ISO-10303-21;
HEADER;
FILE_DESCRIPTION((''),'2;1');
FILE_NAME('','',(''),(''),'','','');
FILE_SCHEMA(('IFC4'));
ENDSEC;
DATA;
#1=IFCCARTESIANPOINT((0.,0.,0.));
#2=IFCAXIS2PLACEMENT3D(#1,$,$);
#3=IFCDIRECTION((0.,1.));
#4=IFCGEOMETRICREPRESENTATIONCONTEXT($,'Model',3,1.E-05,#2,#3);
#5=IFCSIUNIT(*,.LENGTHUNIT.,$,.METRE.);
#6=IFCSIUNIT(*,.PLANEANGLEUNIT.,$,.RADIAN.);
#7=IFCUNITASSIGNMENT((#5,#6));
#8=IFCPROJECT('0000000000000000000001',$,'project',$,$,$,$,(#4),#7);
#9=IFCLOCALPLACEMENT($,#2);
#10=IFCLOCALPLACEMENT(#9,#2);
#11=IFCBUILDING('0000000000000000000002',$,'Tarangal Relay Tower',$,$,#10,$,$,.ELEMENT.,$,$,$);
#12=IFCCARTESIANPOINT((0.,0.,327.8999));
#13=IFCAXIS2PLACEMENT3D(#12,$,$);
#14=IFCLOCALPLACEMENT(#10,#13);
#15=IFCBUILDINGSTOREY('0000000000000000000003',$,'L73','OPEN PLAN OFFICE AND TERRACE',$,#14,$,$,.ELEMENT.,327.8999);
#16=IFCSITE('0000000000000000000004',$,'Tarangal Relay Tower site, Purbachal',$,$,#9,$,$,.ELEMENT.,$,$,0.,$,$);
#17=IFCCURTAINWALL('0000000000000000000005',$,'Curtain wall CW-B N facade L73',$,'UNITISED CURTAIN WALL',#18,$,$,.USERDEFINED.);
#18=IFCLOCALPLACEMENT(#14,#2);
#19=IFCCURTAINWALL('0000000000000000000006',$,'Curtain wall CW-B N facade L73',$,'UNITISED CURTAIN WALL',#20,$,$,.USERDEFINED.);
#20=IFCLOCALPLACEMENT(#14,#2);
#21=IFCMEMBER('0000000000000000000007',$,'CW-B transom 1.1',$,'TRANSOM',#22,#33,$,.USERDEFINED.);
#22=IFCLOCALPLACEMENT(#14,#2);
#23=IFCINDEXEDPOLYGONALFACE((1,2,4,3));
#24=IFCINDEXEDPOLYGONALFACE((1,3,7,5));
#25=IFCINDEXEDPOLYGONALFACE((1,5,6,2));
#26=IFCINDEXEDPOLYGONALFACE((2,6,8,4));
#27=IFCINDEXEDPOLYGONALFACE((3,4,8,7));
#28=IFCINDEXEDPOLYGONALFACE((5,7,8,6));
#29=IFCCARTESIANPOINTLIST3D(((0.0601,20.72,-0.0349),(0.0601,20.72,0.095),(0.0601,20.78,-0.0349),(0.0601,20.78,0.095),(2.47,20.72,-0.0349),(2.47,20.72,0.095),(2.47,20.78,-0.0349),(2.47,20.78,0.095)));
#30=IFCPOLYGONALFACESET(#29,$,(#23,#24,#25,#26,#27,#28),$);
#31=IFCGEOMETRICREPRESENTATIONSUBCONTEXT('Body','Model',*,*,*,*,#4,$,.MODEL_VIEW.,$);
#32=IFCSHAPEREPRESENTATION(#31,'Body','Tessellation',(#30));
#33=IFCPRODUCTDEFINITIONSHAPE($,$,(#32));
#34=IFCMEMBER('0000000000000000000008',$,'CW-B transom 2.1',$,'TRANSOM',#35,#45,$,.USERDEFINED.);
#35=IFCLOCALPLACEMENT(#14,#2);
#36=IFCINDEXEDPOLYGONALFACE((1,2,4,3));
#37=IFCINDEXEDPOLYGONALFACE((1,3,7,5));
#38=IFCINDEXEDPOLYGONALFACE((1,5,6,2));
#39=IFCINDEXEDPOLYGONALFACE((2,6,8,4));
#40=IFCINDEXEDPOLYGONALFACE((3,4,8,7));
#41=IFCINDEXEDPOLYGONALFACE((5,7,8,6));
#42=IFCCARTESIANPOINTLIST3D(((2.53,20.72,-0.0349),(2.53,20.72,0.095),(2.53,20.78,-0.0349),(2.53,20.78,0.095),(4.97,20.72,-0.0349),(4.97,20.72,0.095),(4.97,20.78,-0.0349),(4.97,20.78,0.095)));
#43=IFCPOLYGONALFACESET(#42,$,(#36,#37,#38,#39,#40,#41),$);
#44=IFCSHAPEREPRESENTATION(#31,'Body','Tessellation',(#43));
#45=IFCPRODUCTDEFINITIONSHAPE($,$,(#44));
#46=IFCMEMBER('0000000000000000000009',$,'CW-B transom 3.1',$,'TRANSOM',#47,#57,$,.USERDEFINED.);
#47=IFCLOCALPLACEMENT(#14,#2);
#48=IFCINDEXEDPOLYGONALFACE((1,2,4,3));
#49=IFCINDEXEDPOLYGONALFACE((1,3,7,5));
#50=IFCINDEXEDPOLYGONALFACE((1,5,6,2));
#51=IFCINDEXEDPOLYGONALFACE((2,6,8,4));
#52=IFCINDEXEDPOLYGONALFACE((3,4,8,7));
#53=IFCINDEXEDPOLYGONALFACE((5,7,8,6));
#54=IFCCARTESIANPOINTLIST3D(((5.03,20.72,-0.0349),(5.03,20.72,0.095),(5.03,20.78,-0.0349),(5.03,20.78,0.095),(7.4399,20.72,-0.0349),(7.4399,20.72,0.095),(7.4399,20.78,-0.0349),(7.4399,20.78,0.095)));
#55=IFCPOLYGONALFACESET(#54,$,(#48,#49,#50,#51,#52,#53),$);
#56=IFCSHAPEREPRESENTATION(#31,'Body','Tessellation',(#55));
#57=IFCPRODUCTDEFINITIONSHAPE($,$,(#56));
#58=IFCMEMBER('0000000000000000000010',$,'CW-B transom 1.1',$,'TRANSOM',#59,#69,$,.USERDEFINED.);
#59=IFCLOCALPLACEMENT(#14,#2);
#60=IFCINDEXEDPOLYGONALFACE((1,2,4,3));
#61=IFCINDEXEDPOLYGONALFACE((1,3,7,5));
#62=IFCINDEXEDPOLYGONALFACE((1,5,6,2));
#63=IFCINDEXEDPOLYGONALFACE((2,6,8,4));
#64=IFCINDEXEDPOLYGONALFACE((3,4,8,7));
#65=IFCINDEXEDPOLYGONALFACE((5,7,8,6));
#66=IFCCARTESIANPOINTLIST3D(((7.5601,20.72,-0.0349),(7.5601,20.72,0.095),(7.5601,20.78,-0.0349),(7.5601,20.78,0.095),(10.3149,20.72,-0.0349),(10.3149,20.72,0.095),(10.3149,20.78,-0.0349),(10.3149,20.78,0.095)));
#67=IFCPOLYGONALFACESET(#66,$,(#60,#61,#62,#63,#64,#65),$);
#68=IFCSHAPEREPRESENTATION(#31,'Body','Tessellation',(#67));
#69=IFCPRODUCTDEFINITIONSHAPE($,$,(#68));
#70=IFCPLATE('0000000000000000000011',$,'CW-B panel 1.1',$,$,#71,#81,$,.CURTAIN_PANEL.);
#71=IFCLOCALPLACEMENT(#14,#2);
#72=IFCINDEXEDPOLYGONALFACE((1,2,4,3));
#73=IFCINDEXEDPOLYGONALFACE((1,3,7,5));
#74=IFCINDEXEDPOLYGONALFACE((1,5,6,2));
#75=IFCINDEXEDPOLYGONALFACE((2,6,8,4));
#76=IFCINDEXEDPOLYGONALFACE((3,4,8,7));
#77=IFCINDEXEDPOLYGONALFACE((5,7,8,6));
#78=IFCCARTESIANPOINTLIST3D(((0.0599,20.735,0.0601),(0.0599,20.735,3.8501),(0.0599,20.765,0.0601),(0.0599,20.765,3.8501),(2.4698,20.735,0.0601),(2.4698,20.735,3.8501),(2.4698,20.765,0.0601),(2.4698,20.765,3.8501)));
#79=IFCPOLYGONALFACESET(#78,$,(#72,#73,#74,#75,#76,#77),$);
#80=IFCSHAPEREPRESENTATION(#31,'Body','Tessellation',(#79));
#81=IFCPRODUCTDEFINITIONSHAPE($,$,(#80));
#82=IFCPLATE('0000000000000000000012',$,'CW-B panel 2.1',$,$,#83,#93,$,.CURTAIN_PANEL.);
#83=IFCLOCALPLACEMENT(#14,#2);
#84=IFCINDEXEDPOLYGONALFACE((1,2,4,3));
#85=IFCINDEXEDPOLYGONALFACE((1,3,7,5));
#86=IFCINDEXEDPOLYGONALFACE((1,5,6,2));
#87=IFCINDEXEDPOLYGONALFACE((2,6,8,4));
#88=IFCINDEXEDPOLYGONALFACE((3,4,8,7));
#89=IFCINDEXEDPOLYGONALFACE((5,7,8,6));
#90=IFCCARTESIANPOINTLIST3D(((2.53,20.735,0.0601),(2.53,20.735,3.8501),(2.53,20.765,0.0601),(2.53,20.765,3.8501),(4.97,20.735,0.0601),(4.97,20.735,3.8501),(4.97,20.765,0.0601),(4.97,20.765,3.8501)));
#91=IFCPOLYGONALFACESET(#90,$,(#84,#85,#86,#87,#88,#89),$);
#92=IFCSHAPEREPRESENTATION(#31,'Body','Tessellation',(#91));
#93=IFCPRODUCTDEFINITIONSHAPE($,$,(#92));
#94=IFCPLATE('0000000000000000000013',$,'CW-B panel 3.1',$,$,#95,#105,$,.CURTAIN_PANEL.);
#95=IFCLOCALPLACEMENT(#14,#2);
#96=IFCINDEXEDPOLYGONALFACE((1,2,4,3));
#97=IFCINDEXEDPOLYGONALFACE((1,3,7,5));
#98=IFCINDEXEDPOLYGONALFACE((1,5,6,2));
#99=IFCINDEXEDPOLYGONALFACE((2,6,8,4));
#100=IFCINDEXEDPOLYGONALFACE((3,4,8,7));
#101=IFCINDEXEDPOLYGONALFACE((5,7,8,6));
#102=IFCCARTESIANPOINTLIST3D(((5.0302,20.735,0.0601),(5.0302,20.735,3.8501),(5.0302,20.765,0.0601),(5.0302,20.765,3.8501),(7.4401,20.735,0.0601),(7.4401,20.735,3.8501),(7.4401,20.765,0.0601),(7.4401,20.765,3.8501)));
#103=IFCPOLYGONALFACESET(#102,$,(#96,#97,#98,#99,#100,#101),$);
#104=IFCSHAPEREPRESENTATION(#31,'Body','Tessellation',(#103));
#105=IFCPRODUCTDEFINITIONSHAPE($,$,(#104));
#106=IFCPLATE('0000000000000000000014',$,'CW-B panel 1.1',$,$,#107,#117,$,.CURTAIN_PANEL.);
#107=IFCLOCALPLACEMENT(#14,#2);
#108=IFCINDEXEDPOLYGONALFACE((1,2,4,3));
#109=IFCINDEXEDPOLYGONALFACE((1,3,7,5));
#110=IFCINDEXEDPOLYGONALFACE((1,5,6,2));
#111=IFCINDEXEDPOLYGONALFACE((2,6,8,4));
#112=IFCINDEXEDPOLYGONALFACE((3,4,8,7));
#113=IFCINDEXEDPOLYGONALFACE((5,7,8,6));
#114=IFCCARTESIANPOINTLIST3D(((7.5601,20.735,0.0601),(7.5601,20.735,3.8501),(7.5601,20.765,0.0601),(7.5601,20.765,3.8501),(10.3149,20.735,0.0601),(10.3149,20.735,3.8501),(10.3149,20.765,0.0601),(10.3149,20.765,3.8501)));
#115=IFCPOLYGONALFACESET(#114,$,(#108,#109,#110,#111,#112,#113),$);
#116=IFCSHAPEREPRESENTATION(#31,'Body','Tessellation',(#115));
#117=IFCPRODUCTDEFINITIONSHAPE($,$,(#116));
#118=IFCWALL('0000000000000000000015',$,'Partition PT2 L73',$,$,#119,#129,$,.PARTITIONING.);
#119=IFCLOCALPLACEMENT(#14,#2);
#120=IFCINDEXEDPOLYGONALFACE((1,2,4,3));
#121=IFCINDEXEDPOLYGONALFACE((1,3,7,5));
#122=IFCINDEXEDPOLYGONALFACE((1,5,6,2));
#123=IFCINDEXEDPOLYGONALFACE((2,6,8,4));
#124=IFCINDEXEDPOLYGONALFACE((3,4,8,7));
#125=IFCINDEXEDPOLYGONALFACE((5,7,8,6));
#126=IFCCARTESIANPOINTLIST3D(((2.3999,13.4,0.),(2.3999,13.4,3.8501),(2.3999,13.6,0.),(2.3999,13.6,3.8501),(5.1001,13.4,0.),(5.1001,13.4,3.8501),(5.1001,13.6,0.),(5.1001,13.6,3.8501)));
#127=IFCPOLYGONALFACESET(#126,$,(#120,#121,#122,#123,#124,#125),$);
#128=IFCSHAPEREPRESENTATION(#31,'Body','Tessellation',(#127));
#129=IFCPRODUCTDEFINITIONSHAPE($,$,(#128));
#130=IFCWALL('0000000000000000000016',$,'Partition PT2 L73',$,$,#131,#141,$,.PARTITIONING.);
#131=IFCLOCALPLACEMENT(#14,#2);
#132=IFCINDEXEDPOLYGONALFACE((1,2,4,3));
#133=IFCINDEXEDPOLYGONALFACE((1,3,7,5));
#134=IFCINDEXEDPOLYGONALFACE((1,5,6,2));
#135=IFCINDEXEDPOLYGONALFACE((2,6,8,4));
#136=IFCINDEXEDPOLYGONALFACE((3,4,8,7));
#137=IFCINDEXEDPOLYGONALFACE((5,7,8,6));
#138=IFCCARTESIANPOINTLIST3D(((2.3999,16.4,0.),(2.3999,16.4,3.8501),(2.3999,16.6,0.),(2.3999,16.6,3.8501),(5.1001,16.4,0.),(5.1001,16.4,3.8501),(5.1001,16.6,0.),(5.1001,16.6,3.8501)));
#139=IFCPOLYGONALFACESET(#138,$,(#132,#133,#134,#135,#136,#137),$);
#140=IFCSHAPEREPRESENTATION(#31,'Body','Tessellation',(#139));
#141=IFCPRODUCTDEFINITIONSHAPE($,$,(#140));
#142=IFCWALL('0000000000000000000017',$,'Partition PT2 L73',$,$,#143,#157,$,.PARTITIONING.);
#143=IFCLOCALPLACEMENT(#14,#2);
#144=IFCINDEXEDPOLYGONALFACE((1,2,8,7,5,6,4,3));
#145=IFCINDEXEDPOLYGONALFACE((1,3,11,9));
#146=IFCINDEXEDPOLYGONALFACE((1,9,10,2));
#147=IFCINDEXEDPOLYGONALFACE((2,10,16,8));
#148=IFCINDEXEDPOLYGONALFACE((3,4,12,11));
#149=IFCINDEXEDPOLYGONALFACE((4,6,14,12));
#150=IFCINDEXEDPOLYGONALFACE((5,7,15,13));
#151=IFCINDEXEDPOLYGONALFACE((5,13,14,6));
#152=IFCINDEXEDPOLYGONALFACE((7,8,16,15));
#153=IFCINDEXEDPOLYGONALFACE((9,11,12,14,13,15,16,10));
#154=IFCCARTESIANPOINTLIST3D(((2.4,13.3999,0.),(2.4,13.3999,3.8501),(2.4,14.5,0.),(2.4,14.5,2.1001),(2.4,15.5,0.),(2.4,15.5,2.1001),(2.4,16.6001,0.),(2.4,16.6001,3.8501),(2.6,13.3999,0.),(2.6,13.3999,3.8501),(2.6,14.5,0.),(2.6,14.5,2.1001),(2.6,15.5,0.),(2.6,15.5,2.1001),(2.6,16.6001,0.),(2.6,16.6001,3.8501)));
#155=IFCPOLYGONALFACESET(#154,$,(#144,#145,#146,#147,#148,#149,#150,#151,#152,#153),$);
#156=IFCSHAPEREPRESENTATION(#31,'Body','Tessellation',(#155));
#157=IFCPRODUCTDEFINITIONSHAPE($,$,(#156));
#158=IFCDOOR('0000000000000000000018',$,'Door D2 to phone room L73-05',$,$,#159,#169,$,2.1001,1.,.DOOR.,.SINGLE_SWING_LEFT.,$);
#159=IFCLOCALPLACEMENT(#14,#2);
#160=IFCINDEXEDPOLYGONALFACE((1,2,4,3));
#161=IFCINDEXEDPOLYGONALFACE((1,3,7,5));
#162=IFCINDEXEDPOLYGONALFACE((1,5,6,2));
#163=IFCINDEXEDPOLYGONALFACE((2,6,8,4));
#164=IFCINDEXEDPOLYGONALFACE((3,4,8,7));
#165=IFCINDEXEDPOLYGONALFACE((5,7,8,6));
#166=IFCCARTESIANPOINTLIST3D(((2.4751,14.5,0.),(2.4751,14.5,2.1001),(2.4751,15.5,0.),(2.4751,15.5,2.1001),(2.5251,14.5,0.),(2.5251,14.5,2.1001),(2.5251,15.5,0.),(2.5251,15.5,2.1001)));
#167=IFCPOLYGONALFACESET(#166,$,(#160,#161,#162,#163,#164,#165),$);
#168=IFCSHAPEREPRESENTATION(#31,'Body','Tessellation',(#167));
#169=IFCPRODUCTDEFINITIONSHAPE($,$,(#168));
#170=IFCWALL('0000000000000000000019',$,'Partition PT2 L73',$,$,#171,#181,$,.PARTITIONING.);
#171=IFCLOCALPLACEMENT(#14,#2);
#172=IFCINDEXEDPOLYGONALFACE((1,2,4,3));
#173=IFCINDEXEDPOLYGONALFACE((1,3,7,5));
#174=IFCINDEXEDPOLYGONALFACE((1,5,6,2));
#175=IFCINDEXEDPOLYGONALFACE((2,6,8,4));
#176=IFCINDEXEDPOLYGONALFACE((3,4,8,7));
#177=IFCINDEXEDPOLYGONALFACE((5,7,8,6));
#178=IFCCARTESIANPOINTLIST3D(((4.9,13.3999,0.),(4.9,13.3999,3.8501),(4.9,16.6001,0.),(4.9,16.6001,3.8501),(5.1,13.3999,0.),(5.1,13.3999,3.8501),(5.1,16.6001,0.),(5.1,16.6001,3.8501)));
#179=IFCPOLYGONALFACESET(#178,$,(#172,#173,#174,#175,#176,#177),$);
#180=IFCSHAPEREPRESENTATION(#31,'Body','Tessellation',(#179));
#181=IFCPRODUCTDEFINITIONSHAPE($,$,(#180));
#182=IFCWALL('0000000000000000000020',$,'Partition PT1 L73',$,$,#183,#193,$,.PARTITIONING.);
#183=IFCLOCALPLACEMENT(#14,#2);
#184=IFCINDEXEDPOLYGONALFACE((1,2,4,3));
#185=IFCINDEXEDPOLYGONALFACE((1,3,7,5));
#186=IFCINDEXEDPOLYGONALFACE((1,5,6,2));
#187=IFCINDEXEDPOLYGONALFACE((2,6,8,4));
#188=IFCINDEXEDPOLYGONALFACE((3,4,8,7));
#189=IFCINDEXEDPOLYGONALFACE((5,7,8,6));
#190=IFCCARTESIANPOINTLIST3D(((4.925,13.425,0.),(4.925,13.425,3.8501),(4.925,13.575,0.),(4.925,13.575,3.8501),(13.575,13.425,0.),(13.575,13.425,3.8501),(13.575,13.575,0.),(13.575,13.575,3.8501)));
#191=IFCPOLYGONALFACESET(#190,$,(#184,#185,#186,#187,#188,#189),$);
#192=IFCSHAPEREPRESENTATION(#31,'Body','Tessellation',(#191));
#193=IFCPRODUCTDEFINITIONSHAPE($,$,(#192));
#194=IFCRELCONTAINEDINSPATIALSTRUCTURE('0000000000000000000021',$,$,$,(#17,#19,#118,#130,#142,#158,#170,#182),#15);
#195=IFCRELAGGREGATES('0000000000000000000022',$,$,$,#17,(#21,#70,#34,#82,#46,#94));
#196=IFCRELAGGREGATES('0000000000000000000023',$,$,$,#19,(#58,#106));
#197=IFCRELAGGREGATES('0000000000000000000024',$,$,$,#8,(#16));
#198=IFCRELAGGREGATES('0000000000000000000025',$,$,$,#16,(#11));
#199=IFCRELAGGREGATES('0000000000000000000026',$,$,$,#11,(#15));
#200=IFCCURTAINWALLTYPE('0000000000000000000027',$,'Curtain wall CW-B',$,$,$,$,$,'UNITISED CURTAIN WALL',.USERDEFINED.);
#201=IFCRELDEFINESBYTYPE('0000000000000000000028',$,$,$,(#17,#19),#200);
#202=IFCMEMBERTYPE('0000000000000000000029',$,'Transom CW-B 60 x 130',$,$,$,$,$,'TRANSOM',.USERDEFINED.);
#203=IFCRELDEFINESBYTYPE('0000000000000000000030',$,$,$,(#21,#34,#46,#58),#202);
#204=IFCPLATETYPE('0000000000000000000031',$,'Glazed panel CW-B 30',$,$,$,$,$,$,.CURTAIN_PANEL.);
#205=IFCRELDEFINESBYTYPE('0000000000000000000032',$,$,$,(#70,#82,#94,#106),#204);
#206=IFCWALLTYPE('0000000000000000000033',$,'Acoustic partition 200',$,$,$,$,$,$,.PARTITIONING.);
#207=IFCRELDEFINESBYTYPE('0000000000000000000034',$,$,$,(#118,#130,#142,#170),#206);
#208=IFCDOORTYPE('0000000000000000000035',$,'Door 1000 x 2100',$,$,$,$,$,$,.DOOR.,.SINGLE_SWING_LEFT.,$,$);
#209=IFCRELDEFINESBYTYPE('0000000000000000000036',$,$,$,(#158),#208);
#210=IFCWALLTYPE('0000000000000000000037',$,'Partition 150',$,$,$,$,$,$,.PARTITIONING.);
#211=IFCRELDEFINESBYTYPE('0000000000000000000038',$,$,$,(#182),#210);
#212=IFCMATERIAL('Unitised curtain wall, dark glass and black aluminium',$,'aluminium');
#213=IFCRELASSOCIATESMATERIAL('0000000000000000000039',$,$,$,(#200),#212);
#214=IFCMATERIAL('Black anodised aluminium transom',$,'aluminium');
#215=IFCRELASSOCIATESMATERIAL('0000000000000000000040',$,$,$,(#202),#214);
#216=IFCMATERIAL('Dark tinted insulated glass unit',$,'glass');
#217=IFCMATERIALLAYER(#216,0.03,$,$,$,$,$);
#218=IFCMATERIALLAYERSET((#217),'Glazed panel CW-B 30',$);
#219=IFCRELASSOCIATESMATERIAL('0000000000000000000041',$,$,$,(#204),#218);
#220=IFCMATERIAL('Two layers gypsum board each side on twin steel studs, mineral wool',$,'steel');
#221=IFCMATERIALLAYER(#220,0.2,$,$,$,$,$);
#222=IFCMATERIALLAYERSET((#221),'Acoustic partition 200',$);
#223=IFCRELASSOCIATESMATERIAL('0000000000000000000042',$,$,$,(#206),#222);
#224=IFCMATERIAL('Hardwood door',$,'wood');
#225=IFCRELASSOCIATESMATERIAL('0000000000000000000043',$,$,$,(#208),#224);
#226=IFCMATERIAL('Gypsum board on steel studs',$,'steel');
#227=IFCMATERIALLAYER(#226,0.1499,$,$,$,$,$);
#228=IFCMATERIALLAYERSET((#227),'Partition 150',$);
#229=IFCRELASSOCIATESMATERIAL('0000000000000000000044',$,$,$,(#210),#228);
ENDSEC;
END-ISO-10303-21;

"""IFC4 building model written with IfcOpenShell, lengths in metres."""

from ifc_helpers import new_model, si_unit, direction, frame, frame_2d, origin, origin_2d, place, context, subcontext, project, spatial, rectangle, extrude, material, layer, layer_set, material_profile, profile_set, type_object, element, fill, aggregate, save


model = new_model("IFC4")

# Units and contexts
model_context = context("Model", 3, precision=1e-05, world=origin(), true_north=direction((0.0, 1.0)))
body_context = subcontext(model_context, "Body", "Model", "MODEL_VIEW")
ifc_project = project(units=[si_unit("LENGTHUNIT", "METRE"), si_unit("PLANEANGLEUNIT", "RADIAN")], contexts=[model_context])

# Site, building, storey
site_placement = place(None, origin())
site = spatial("IfcSite", under=ifc_project, at=site_placement, Name="Tarangal Relay Tower site, Purbachal", CompositionType="ELEMENT", RefElevation=0.0)
building_placement = place(site_placement, origin())
building = spatial("IfcBuilding", under=site, at=building_placement, Name="Tarangal Relay Tower", CompositionType="ELEMENT")
storey_placement = place(building_placement, frame((0.0, 0.0, 327.8999)))
storey = spatial("IfcBuildingStorey", under=building, at=storey_placement, Name="L73", Description="OPEN PLAN OFFICE AND TERRACE", CompositionType="ELEMENT", Elevation=327.8999)

# Curtain walls
ifc_material_1 = material(Name="Unitised curtain wall, dark glass and black aluminium", Category="aluminium")
curtain_wall_type_1 = type_object("IfcCurtainWallType", Name="Curtain wall CW-B", ElementType="UNITISED CURTAIN WALL", PredefinedType="USERDEFINED", material=ifc_material_1)
curtain_wall_1_placement = place(storey_placement, origin())
curtain_wall_1 = element("IfcCurtainWall", 1, at=curtain_wall_1_placement, inside=storey, type_object=curtain_wall_type_1, Name="Curtain wall CW-B N facade L73", ObjectType="UNITISED CURTAIN WALL", PredefinedType="USERDEFINED")
curtain_wall_2_placement = place(storey_placement, origin())
curtain_wall_2 = element("IfcCurtainWall", 2, at=curtain_wall_2_placement, inside=storey, type_object=curtain_wall_type_1, Name="Curtain wall CW-B N facade L73", ObjectType="UNITISED CURTAIN WALL", PredefinedType="USERDEFINED")

# Members
ifc_material_2 = material(Name="Black anodised aluminium transom", Category="aluminium")
ifc_material_profile_1 = material_profile(ifc_material_2, rectangle(XDim=0.0601, YDim=0.1299, at=origin_2d()), Name="CW-BT 60X130")
ifc_profile_set_1 = profile_set([ifc_material_profile_1], Name="Black anodised aluminium transom")
member_type_1 = type_object("IfcMemberType", Name="Transom CW-B 60 x 130", ElementType="TRANSOM", PredefinedType="USERDEFINED", material=ifc_profile_set_1)
member_1_placement = place(storey_placement, frame((0.0601, 20.75, 0.03), z_axis=(1.0, 0.0, 0.0), x_axis=(0.0, 1.0, 0.0)))
member_1 = element("IfcMember", 3, at=member_1_placement, type_object=member_type_1, Name="CW-B transom 1.1", ObjectType="TRANSOM", PredefinedType="USERDEFINED", context=body_context, shape_type="SweptSolid", body=[
    extrude(rectangle(XDim=0.0601, YDim=0.1299, at=origin_2d()), origin(), (0.0, 0.0, 1.0), 2.4099),
])
member_2_placement = place(storey_placement, frame((2.53, 20.75, 0.03), z_axis=(1.0, 0.0, 0.0), x_axis=(0.0, 1.0, 0.0)))
member_2 = element("IfcMember", 4, at=member_2_placement, type_object=member_type_1, Name="CW-B transom 2.1", ObjectType="TRANSOM", PredefinedType="USERDEFINED", context=body_context, shape_type="SweptSolid", body=[
    extrude(rectangle(XDim=0.0601, YDim=0.1299, at=origin_2d()), origin(), (0.0, 0.0, 1.0), 2.4399),
])
member_3_placement = place(storey_placement, frame((5.03, 20.75, 0.03), z_axis=(1.0, 0.0, 0.0), x_axis=(0.0, 1.0, 0.0)))
member_3 = element("IfcMember", 5, at=member_3_placement, type_object=member_type_1, Name="CW-B transom 3.1", ObjectType="TRANSOM", PredefinedType="USERDEFINED", context=body_context, shape_type="SweptSolid", body=[
    extrude(rectangle(XDim=0.0601, YDim=0.1299, at=origin_2d()), origin(), (0.0, 0.0, 1.0), 2.4099),
])
member_4_placement = place(storey_placement, frame((7.5601, 20.75, 0.03), z_axis=(1.0, 0.0, 0.0), x_axis=(0.0, 1.0, 0.0)))
member_4 = element("IfcMember", 6, at=member_4_placement, type_object=member_type_1, Name="CW-B transom 1.1", ObjectType="TRANSOM", PredefinedType="USERDEFINED", context=body_context, shape_type="SweptSolid", body=[
    extrude(rectangle(XDim=0.0601, YDim=0.1299, at=origin_2d()), origin(), (0.0, 0.0, 1.0), 2.7549),
])

# Plates
ifc_material_3 = material(Name="Dark tinted insulated glass unit", Category="glass")
ifc_layer_1 = layer(ifc_material_3, 0.03)
ifc_layer_set_1 = layer_set([ifc_layer_1], Name="Glazed panel CW-B 30")
plate_type = type_object("IfcPlateType", Name="Glazed panel CW-B 30", PredefinedType="CURTAIN_PANEL", material=ifc_layer_set_1)
plate_1_placement = place(storey_placement, frame((1.2649, 20.75, 0.0601), z_axis=(0.0, 0.0, 1.0), x_axis=(1.0, 0.0, 0.0)))
plate_1 = element("IfcPlate", 7, at=plate_1_placement, type_object=plate_type, Name="CW-B panel 1.1", PredefinedType="CURTAIN_PANEL", context=body_context, shape_type="SweptSolid", body=[
    extrude(rectangle(XDim=2.4099, YDim=0.03, at=origin_2d()), origin(), (0.0, 0.0, 1.0), 3.79),
])
plate_2_placement = place(storey_placement, frame((3.75, 20.75, 0.0601), z_axis=(0.0, 0.0, 1.0), x_axis=(1.0, 0.0, 0.0)))
plate_2 = element("IfcPlate", 8, at=plate_2_placement, type_object=plate_type, Name="CW-B panel 2.1", PredefinedType="CURTAIN_PANEL", context=body_context, shape_type="SweptSolid", body=[
    extrude(rectangle(XDim=2.4399, YDim=0.03, at=origin_2d()), origin(), (0.0, 0.0, 1.0), 3.79),
])
plate_3_placement = place(storey_placement, frame((6.2351, 20.75, 0.0601), z_axis=(0.0, 0.0, 1.0), x_axis=(1.0, 0.0, 0.0)))
plate_3 = element("IfcPlate", 9, at=plate_3_placement, type_object=plate_type, Name="CW-B panel 3.1", PredefinedType="CURTAIN_PANEL", context=body_context, shape_type="SweptSolid", body=[
    extrude(rectangle(XDim=2.4099, YDim=0.03, at=origin_2d()), origin(), (0.0, 0.0, 1.0), 3.79),
])
aggregate(curtain_wall_1, [member_1, plate_1, member_2, plate_2, member_3, plate_3])
plate_4_placement = place(storey_placement, frame((8.9375, 20.75, 0.0601), z_axis=(0.0, 0.0, 1.0), x_axis=(1.0, 0.0, 0.0)))
plate_4 = element("IfcPlate", 10, at=plate_4_placement, type_object=plate_type, Name="CW-B panel 1.1", PredefinedType="CURTAIN_PANEL", context=body_context, shape_type="SweptSolid", body=[
    extrude(rectangle(XDim=2.7549, YDim=0.03, at=origin_2d()), origin(), (0.0, 0.0, 1.0), 3.79),
])
aggregate(curtain_wall_2, [member_4, plate_4])

# Walls
ifc_material_4 = material(Name="Two layers gypsum board each side on twin steel studs, mineral wool", Category="steel")
ifc_layer_2 = layer(ifc_material_4, 0.2)
ifc_layer_set_2 = layer_set([ifc_layer_2], Name="Acoustic partition 200")
wall_type_1 = type_object("IfcWallType", Name="Acoustic partition 200", PredefinedType="PARTITIONING", material=ifc_layer_set_2)
for number, where, z_axis, x_axis, name in (
    (11, (2.3999, 13.5, 0.0), (0.0, 0.0, 1.0), (1.0, 0.0, 0.0), "Partition PT2 L73"),
    (12, (2.3999, 16.5, 0.0), (0.0, 0.0, 1.0), (1.0, 0.0, 0.0), "Partition PT2 L73"),
):
    element("IfcWall", number, at=place(storey_placement, frame(where, z_axis=z_axis, x_axis=x_axis)), inside=storey, type_object=wall_type_1, Name=name, PredefinedType="PARTITIONING", context=body_context, shape_type="SweptSolid", body=[
        extrude(rectangle(XDim=2.7002, YDim=0.2, at=frame_2d((1.3501, 0.0))), origin(), (0.0, 0.0, 1.0), 3.8501),
    ])

# Wall, opening, door
wall_1_placement = place(storey_placement, frame((2.5, 13.3999, 0.0), z_axis=(0.0, 0.0, 1.0), x_axis=(0.0, 1.0, 0.0)))
wall_1 = element("IfcWall", 13, at=wall_1_placement, inside=storey, type_object=wall_type_1, Name="Partition PT2 L73", PredefinedType="PARTITIONING", context=body_context, shape_type="SweptSolid", body=[
    extrude(rectangle(XDim=3.2002, YDim=0.2, at=frame_2d((1.6001, 0.0))), origin(), (0.0, 0.0, 1.0), 3.8501),
])
opening_1_placement = place(wall_1_placement, frame((1.1001, 0.0, 0.0)))
opening_1 = element("IfcOpeningElement", 14, at=opening_1_placement, cuts=wall_1, PredefinedType="OPENING", context=body_context, shape_type="SweptSolid", body=[
    extrude(rectangle(XDim=1.0, YDim=2.1001, at=frame_2d((0.5, 1.05))), frame((0.0, 0.1099, 0.0), z_axis=(0.0, -1.0, 0.0), x_axis=(1.0, 0.0, 0.0)), (0.0, 0.0, 1.0), 0.22),
])
ifc_material_5 = material(Name="Hardwood door", Category="wood")
door_type = type_object("IfcDoorType", Name="Door 1000 x 2100", OperationType="SINGLE_SWING_LEFT", PredefinedType="DOOR", material=ifc_material_5)
door_1_placement = place(opening_1_placement, origin())
door_1 = element("IfcDoor", 15, at=door_1_placement, inside=storey, type_object=door_type, Name="Door D2 to phone room L73-05", OperationType="SINGLE_SWING_LEFT", OverallHeight=2.1001, OverallWidth=1.0, PredefinedType="DOOR", context=body_context, shape_type="SweptSolid", body=[
    extrude(rectangle(XDim=1.0, YDim=2.1001, at=frame_2d((0.5, 1.05))), frame((0.0, 0.0249, 0.0), z_axis=(0.0, -1.0, 0.0), x_axis=(1.0, 0.0, 0.0)), (0.0, 0.0, 1.0), 0.05),
])
fill(opening_1, door_1)

# Walls
wall_2_placement = place(storey_placement, frame((5.0, 13.3999, 0.0), z_axis=(0.0, 0.0, 1.0), x_axis=(0.0, 1.0, 0.0)))
element("IfcWall", 16, at=wall_2_placement, inside=storey, type_object=wall_type_1, Name="Partition PT2 L73", PredefinedType="PARTITIONING", context=body_context, shape_type="SweptSolid", body=[
    extrude(rectangle(XDim=3.2002, YDim=0.2, at=frame_2d((1.6001, 0.0))), origin(), (0.0, 0.0, 1.0), 3.8501),
])
ifc_material_6 = material(Name="Gypsum board on steel studs", Category="steel")
ifc_layer_3 = layer(ifc_material_6, 0.1499)
ifc_layer_set_3 = layer_set([ifc_layer_3], Name="Partition 150")
wall_type_2 = type_object("IfcWallType", Name="Partition 150", PredefinedType="PARTITIONING", material=ifc_layer_set_3)
wall_3_placement = place(storey_placement, frame((4.925, 13.5, 0.0), z_axis=(0.0, 0.0, 1.0), x_axis=(1.0, 0.0, 0.0)))
element("IfcWall", 17, at=wall_3_placement, inside=storey, type_object=wall_type_2, Name="Partition PT1 L73", PredefinedType="PARTITIONING", context=body_context, shape_type="SweptSolid", body=[
    extrude(rectangle(XDim=8.6499, YDim=0.1499, at=frame_2d((4.325, 0.0))), origin(), (0.0, 0.0, 1.0), 3.8501),
])

save(model, "model.ifc")
